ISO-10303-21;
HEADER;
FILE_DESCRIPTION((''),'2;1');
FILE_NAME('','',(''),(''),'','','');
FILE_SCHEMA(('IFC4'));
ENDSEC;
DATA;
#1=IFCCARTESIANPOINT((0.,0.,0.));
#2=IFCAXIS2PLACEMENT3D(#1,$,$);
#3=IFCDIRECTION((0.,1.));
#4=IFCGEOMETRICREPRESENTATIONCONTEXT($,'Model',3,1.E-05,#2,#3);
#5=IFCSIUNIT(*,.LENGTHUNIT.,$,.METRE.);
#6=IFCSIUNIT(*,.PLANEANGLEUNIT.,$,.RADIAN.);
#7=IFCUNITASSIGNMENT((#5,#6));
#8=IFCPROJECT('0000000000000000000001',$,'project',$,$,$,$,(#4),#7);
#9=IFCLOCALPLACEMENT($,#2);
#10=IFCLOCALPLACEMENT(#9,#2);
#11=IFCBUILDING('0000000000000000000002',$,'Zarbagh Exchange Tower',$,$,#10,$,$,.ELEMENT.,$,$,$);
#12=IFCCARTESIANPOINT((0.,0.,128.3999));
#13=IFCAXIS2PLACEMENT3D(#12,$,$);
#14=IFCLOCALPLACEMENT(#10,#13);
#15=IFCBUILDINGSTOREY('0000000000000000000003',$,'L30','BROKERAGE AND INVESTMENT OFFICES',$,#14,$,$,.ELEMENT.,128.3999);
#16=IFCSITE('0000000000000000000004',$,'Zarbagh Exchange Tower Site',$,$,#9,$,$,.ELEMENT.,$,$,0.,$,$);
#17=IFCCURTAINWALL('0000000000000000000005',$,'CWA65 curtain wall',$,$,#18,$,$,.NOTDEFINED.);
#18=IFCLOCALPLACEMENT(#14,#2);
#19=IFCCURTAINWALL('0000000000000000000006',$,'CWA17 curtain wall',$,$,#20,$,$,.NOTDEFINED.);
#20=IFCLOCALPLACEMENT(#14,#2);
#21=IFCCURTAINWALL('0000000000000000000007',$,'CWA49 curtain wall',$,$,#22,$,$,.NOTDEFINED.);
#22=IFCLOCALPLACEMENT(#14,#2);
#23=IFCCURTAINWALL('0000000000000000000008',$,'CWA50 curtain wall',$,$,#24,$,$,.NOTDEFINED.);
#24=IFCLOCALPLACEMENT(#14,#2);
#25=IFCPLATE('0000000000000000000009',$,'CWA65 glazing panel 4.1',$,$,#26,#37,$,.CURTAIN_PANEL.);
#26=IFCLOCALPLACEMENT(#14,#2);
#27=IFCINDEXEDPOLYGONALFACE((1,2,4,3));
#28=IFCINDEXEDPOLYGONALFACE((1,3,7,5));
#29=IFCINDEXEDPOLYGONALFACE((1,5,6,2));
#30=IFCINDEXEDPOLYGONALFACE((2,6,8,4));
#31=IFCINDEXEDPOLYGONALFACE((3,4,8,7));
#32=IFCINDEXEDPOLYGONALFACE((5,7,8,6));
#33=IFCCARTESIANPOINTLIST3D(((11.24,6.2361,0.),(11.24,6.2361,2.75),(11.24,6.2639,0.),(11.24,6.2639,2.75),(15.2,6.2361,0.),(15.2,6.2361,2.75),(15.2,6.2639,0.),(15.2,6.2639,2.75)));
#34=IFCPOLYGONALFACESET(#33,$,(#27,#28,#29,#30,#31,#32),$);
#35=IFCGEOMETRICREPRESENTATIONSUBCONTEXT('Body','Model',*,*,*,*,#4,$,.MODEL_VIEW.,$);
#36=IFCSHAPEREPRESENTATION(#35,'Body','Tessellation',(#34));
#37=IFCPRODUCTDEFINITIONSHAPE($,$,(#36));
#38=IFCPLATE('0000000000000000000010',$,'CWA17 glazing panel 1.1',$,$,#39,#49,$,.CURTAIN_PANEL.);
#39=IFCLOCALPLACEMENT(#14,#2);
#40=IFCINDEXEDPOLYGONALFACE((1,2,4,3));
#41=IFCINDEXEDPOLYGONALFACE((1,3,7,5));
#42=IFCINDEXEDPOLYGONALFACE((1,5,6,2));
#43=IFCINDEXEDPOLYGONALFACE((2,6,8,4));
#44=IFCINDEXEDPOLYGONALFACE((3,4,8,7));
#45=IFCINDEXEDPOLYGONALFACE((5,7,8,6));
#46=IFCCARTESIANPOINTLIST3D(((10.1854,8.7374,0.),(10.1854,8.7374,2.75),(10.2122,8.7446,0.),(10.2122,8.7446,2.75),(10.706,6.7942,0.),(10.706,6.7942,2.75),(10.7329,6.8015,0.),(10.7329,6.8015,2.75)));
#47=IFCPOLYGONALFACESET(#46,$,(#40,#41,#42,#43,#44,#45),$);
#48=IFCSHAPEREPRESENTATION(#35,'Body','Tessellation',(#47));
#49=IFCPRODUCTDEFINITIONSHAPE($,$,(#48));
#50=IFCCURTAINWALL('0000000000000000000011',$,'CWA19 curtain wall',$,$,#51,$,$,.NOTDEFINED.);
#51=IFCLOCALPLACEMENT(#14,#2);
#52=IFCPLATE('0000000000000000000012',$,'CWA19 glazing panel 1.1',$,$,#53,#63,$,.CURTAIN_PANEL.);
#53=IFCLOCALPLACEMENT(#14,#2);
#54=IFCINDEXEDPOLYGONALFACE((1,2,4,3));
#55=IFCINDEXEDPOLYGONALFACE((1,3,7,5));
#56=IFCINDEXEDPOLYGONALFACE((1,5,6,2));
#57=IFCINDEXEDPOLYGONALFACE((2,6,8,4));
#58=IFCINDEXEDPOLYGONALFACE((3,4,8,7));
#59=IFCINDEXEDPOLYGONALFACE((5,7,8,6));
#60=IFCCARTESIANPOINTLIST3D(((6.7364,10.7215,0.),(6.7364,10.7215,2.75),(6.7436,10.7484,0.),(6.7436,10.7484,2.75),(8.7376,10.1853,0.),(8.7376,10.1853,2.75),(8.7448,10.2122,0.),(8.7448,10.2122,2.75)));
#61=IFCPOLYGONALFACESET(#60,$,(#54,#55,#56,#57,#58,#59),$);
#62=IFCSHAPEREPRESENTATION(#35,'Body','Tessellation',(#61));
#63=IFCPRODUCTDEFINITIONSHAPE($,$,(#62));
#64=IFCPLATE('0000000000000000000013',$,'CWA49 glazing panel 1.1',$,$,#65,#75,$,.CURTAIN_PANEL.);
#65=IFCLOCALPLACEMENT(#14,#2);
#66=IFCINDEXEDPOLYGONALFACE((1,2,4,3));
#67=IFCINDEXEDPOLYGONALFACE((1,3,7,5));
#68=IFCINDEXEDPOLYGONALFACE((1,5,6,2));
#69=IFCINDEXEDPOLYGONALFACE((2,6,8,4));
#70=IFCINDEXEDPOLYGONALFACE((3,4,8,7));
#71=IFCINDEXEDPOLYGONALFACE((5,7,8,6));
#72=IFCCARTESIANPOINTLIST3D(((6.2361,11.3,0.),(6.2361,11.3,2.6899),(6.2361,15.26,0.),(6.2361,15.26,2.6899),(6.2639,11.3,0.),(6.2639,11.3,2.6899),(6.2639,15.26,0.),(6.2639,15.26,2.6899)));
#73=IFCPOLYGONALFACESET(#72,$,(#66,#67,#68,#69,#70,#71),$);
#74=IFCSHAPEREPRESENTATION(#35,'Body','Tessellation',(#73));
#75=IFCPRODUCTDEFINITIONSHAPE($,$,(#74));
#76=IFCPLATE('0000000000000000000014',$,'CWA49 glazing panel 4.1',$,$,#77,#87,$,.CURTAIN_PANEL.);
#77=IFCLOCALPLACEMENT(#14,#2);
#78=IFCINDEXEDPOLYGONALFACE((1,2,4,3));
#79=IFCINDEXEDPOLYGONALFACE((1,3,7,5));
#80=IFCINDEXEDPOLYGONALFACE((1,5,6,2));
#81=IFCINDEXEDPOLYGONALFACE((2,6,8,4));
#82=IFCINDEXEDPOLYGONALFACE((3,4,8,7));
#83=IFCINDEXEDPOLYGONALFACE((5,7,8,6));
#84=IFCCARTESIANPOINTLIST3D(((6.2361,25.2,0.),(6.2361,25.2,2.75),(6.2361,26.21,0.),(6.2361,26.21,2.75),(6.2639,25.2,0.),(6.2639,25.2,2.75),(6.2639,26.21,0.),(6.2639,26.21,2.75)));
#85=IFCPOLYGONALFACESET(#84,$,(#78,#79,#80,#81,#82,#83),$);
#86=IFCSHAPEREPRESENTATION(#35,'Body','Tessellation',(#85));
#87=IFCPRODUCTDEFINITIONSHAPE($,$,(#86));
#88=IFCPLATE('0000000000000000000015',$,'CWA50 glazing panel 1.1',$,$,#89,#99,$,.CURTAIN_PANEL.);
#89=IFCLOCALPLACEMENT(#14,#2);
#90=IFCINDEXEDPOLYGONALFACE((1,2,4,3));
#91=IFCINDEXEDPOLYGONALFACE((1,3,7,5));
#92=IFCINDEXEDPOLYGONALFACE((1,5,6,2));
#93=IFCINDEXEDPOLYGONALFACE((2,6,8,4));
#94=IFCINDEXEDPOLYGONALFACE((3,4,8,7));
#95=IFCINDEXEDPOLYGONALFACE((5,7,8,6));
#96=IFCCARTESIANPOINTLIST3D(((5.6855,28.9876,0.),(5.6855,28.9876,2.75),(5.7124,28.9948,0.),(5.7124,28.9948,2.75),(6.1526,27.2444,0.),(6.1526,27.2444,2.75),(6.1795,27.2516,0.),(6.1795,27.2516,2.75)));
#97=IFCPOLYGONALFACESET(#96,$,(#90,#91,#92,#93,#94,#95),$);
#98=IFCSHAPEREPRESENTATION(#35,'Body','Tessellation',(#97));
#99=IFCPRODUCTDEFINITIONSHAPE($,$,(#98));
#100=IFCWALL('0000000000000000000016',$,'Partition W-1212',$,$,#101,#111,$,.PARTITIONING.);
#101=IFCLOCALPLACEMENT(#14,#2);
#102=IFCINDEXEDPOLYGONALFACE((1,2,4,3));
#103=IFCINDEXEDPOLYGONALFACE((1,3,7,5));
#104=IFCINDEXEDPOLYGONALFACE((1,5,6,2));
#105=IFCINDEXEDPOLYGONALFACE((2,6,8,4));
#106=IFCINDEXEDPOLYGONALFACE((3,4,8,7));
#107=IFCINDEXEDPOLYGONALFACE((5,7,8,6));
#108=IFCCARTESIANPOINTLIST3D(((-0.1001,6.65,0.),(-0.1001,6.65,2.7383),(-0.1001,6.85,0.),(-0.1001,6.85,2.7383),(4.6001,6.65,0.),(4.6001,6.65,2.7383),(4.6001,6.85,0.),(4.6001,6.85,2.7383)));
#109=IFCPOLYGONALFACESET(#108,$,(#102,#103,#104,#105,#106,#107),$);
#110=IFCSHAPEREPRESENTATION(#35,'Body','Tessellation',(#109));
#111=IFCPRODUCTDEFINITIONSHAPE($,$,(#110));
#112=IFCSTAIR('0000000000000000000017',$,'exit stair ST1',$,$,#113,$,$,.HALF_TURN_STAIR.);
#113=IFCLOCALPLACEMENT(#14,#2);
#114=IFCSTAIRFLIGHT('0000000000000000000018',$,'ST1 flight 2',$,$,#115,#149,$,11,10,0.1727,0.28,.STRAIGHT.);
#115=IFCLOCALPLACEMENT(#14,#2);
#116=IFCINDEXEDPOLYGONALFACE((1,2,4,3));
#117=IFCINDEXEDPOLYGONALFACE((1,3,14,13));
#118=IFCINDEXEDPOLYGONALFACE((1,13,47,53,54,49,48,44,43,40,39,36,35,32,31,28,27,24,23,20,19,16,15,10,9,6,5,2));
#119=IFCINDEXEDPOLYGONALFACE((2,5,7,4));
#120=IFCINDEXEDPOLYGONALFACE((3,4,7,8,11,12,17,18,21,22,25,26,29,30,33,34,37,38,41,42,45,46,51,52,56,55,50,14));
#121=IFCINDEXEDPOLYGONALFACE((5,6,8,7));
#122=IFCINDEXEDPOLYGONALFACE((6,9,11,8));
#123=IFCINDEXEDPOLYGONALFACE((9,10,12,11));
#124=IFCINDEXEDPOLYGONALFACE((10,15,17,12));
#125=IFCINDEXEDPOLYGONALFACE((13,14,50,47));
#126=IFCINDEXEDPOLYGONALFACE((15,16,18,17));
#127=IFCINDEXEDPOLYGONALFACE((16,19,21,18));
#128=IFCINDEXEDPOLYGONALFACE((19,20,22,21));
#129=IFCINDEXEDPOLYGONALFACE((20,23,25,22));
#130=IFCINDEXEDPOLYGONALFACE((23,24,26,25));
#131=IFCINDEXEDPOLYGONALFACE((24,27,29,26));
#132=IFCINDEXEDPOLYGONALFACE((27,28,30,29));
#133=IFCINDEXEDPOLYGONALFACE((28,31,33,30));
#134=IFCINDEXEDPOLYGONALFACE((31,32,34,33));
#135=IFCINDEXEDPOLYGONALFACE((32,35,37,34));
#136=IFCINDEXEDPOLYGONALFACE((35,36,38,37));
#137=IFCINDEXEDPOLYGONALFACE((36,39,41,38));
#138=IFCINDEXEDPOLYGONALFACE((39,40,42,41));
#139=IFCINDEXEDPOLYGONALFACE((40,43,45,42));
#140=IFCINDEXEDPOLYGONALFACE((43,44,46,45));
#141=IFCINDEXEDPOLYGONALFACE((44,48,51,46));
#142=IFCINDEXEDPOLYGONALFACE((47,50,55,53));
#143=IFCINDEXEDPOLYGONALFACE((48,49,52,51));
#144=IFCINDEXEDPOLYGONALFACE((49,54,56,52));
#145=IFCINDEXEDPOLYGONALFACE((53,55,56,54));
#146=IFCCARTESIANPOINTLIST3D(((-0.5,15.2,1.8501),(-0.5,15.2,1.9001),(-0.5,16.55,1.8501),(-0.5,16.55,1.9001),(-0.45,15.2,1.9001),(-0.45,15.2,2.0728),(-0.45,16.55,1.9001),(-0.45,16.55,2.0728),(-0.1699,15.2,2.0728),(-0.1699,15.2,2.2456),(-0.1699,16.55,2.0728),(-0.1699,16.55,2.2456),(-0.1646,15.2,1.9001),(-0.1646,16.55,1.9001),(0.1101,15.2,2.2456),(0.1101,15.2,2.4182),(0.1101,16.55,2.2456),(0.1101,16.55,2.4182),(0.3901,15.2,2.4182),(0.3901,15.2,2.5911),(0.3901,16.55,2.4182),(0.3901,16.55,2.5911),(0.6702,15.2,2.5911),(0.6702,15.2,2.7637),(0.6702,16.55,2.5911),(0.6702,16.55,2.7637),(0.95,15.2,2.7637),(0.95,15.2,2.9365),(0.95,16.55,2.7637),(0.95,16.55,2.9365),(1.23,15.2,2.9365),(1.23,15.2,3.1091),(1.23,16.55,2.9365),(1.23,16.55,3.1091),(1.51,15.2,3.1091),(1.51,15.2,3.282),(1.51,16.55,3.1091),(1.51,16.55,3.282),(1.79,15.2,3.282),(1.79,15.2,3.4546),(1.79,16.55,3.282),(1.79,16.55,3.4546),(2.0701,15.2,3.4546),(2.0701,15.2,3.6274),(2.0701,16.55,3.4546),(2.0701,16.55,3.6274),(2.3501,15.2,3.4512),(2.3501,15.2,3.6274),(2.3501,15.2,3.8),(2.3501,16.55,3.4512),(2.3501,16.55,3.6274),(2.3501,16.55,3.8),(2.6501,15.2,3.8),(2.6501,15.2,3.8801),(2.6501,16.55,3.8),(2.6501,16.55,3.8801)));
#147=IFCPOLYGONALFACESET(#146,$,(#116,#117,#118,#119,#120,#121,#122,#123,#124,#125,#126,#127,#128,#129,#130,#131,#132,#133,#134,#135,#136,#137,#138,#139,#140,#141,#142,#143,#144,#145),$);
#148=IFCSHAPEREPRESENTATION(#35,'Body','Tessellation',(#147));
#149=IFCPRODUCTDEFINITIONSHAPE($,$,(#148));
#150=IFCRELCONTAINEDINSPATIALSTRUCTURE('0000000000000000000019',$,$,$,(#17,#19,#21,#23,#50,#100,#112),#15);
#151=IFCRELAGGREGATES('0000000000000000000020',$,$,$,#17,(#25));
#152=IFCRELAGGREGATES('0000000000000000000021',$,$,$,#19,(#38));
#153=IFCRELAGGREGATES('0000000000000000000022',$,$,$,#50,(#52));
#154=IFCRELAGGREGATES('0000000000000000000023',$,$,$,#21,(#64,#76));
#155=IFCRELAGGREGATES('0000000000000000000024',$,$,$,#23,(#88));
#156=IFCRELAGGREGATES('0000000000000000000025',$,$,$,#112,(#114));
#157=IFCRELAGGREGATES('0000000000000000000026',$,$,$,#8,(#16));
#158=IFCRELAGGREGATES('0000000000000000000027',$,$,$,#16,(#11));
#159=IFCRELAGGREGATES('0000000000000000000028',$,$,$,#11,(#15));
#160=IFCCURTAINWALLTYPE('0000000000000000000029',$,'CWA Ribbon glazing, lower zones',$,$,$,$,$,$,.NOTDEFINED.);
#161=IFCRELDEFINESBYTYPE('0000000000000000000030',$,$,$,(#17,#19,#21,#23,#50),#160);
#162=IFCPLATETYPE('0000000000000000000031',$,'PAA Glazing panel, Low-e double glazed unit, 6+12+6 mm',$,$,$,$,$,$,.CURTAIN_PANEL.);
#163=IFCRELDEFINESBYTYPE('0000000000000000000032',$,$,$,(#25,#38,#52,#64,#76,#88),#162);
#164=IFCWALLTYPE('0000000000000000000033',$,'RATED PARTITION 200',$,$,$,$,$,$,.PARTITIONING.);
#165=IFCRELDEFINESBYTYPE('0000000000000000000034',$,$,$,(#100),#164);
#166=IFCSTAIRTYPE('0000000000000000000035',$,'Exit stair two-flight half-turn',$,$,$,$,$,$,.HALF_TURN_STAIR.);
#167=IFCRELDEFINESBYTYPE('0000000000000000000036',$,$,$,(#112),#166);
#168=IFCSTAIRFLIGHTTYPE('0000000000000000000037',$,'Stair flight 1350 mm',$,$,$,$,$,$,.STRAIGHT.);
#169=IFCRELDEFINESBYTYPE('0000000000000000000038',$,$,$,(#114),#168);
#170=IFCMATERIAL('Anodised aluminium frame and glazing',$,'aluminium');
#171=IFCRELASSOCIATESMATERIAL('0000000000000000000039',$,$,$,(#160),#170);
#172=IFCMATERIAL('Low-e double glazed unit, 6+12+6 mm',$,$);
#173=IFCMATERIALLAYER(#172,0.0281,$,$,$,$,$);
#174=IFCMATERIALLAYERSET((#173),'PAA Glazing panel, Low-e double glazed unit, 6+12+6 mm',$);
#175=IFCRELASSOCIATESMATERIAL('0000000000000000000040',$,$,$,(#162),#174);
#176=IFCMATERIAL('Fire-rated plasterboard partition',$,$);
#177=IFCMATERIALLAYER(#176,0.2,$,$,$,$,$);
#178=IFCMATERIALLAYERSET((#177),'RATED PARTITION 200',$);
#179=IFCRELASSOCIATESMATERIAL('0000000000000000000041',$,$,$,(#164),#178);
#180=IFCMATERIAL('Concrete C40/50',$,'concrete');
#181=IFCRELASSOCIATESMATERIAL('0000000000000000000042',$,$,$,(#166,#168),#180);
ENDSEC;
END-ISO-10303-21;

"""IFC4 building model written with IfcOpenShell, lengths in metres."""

from ifc_helpers import new_model, si_unit, direction, frame, frame_2d, origin, place, context, subcontext, project, spatial, polyline, rectangle, outline, extrude, source, transform, mapped, material, layer, layer_set, type_object, element, aggregate, save


model = new_model("IFC4")

# Units and contexts
model_context = context("Model", 3, precision=1e-05, world=origin(), true_north=direction((0.0, 1.0)))
body_context = subcontext(model_context, "Body", "Model", "MODEL_VIEW")
ifc_project = project(units=[si_unit("LENGTHUNIT", "METRE"), si_unit("PLANEANGLEUNIT", "RADIAN")], contexts=[model_context])

# Site, building, storey
site_placement = place(None, origin())
site = spatial("IfcSite", under=ifc_project, at=site_placement, Name="Zarbagh Exchange Tower Site", CompositionType="ELEMENT", RefElevation=0.0)
building_placement = place(site_placement, origin())
building = spatial("IfcBuilding", under=site, at=building_placement, Name="Zarbagh Exchange Tower", CompositionType="ELEMENT")
storey_placement = place(building_placement, frame((0.0, 0.0, 128.3999)))
storey = spatial("IfcBuildingStorey", under=building, at=storey_placement, Name="L30", Description="BROKERAGE AND INVESTMENT OFFICES", CompositionType="ELEMENT", Elevation=128.3999)

# Curtain wall
ifc_material_1 = material(Name="Anodised aluminium frame and glazing", Category="aluminium")
curtain_wall_type = type_object("IfcCurtainWallType", Name="CWA Ribbon glazing, lower zones", PredefinedType="NOTDEFINED", material=ifc_material_1)
curtain_wall_1_placement = place(storey_placement, origin())
curtain_wall_1 = element("IfcCurtainWall", 1, at=curtain_wall_1_placement, inside=storey, type_object=curtain_wall_type, Name="CWA65 curtain wall", PredefinedType="NOTDEFINED")
placement = place(storey_placement, origin())

# Curtain wall
curtain_wall_2_placement = place(storey_placement, origin())
curtain_wall_2 = element("IfcCurtainWall", 2, at=curtain_wall_2_placement, inside=storey, type_object=curtain_wall_type, Name="CWA17 curtain wall", PredefinedType="NOTDEFINED")

# Curtain wall
curtain_wall_3_placement = place(storey_placement, origin())
curtain_wall_3 = element("IfcCurtainWall", 3, at=curtain_wall_3_placement, inside=storey, type_object=curtain_wall_type, Name="CWA49 curtain wall", PredefinedType="NOTDEFINED")

# Curtain wall
curtain_wall_4_placement = place(storey_placement, origin())
curtain_wall_4 = element("IfcCurtainWall", 4, at=curtain_wall_4_placement, inside=storey, type_object=curtain_wall_type, Name="CWA50 curtain wall", PredefinedType="NOTDEFINED")

# Shared definitions
ifc_material_2 = material(Name="Low-e double glazed unit, 6+12+6 mm")
ifc_layer_1 = layer(ifc_material_2, 0.0281)
ifc_layer_set_1 = layer_set([ifc_layer_1], Name="PAA Glazing panel, Low-e double glazed unit, 6+12+6 mm")
plate_type = type_object("IfcPlateType", Name="PAA Glazing panel, Low-e double glazed unit, 6+12+6 mm", PredefinedType="CURTAIN_PANEL", material=ifc_layer_set_1)

# Plates
shared_shape_1 = source(origin(), body_context, "Body", "SweptSolid", [
    extrude(outline(polyline([(0.0, -0.0139), (3.96, -0.0139), (3.96, 0.0139), (0.0, 0.0139), (0.0, -0.0139)])), origin(), (0.0, 0.0, 1.0), 2.75),
])
plate_1 = element("IfcPlate", 5, at=placement, type_object=plate_type, Name="CWA65 glazing panel 4.1", PredefinedType="CURTAIN_PANEL", context=body_context, shape_type="MappedRepresentation", body=[
    mapped(shared_shape_1, transform((15.2, 6.25, 0.0), x_axis=(-1.0, 0.0, 0.0), y_axis=(0.0, -1.0, 0.0), z_axis=(0.0, 0.0, 1.0))),
])
aggregate(curtain_wall_1, [plate_1])
shared_shape_2 = source(origin(), body_context, "Body", "SweptSolid", [
    extrude(outline(polyline([(0.0, -0.0139), (2.0117, -0.0139), (2.0117, 0.0139), (0.0, 0.0139), (0.0, -0.0139)])), origin(), (0.0, 0.0, 1.0), 2.75),
])
plate_2 = element("IfcPlate", 6, at=placement, type_object=plate_type, Name="CWA17 glazing panel 1.1", PredefinedType="CURTAIN_PANEL", context=body_context, shape_type="MappedRepresentation", body=[
    mapped(shared_shape_2, transform((10.7195, 6.7979, 0.0), x_axis=(-0.258825, 0.965924, 0.0), y_axis=(-0.965924, -0.258825, 0.0), z_axis=(0.0, 0.0, 1.0))),
])
aggregate(curtain_wall_2, [plate_2])

# Curtain wall, plate
curtain_wall_5_placement = place(storey_placement, origin())
curtain_wall_5 = element("IfcCurtainWall", 7, at=curtain_wall_5_placement, inside=storey, type_object=curtain_wall_type, Name="CWA19 curtain wall", PredefinedType="NOTDEFINED")
shared_shape_3 = source(origin(), body_context, "Body", "SweptSolid", [
    extrude(outline(polyline([(0.0, -0.0139), (2.0718, -0.0139), (2.0718, 0.0139), (0.0, 0.0139), (0.0, -0.0139)])), origin(), (0.0, 0.0, 1.0), 2.75),
])
plate_3 = element("IfcPlate", 8, at=placement, type_object=plate_type, Name="CWA19 glazing panel 1.1", PredefinedType="CURTAIN_PANEL", context=body_context, shape_type="MappedRepresentation", body=[
    mapped(shared_shape_3, transform((8.7412, 10.1987, 0.0), x_axis=(-0.965924, 0.258825, 0.0), y_axis=(-0.258825, -0.965924, 0.0), z_axis=(0.0, 0.0, 1.0))),
])
aggregate(curtain_wall_5, [plate_3])

# Plates
shared_shape_4 = source(origin(), body_context, "Body", "SweptSolid", [
    extrude(outline(polyline([(0.0, -0.0139), (3.96, -0.0139), (3.96, 0.0139), (0.0, 0.0139), (0.0, -0.0139)])), origin(), (0.0, 0.0, 1.0), 2.6899),
])
plate_4 = element("IfcPlate", 9, at=placement, type_object=plate_type, Name="CWA49 glazing panel 1.1", PredefinedType="CURTAIN_PANEL", context=body_context, shape_type="MappedRepresentation", body=[
    mapped(shared_shape_4, transform((6.25, 11.3, 0.0), x_axis=(0.0, 1.0, 0.0), y_axis=(-1.0, 0.0, 0.0), z_axis=(0.0, 0.0, 1.0))),
])
shared_shape_5 = source(origin(), body_context, "Body", "SweptSolid", [
    extrude(outline(polyline([(0.0, -0.0139), (1.01, -0.0139), (1.01, 0.0139), (0.0, 0.0139), (0.0, -0.0139)])), origin(), (0.0, 0.0, 1.0), 2.75),
])
plate_5 = element("IfcPlate", 10, at=placement, type_object=plate_type, Name="CWA49 glazing panel 4.1", PredefinedType="CURTAIN_PANEL", context=body_context, shape_type="MappedRepresentation", body=[
    mapped(shared_shape_5, transform((6.25, 25.2, 0.0), x_axis=(0.0, 1.0, 0.0), y_axis=(-1.0, 0.0, 0.0), z_axis=(0.0, 0.0, 1.0))),
])
aggregate(curtain_wall_3, [plate_4, plate_5])
shared_shape_6 = source(origin(), body_context, "Body", "SweptSolid", [
    extrude(outline(polyline([(0.0, -0.0139), (1.8047, -0.0139), (1.8047, 0.0139), (0.0, 0.0139), (0.0, -0.0139)])), origin(), (0.0, 0.0, 1.0), 2.75),
])
plate_6 = element("IfcPlate", 11, at=placement, type_object=plate_type, Name="CWA50 glazing panel 1.1", PredefinedType="CURTAIN_PANEL", context=body_context, shape_type="MappedRepresentation", body=[
    mapped(shared_shape_6, transform((6.166, 27.248, 0.0), x_axis=(-0.258825, 0.965924, 0.0), y_axis=(-0.965924, -0.258825, 0.0), z_axis=(0.0, 0.0, 1.0))),
])
aggregate(curtain_wall_4, [plate_6])

# Wall
ifc_material_3 = material(Name="Fire-rated plasterboard partition")
ifc_layer_2 = layer(ifc_material_3, 0.2)
ifc_layer_set_2 = layer_set([ifc_layer_2], Name="RATED PARTITION 200")
wall_type = type_object("IfcWallType", Name="RATED PARTITION 200", PredefinedType="PARTITIONING", material=ifc_layer_set_2)
wall_placement = place(storey_placement, frame((-0.1001, 6.75, 0.0), z_axis=(0.0, 0.0, 1.0), x_axis=(1.0, 0.0, 0.0)))
element("IfcWall", 12, at=wall_placement, inside=storey, type_object=wall_type, Name="Partition W-1212", PredefinedType="PARTITIONING", context=body_context, shape_type="SweptSolid", body=[
    extrude(rectangle(XDim=4.7002, YDim=0.2, at=frame_2d((2.3501, 0.0))), origin(), (0.0, 0.0, 1.0), 2.7383),
])

# Stair, stair flight
ifc_material_4 = material(Name="Concrete C40/50", Category="concrete")
stair_type = type_object("IfcStairType", Name="Exit stair two-flight half-turn", PredefinedType="HALF_TURN_STAIR", material=ifc_material_4)
stair_placement = place(storey_placement, origin())
stair = element("IfcStair", 13, at=stair_placement, inside=storey, type_object=stair_type, Name="exit stair ST1", PredefinedType="HALF_TURN_STAIR")
stair_flight_type = type_object("IfcStairFlightType", Name="Stair flight 1350 mm", PredefinedType="STRAIGHT", material=ifc_material_4)
stair_flight_placement = place(storey_placement, frame((-0.45, 15.875, 1.9001), z_axis=(0.0, 0.0, 1.0), x_axis=(1.0, 0.0, 0.0)))
stair_flight = element("IfcStairFlight", 14, at=stair_flight_placement, type_object=stair_flight_type, Name="ST1 flight 2", NumberOfRisers=11, NumberOfTreads=10, PredefinedType="STRAIGHT", RiserHeight=0.1727, TreadLength=0.28, context=body_context, shape_type="SweptSolid", body=[
    extrude(outline(polyline([(-0.05, -0.05), (-0.05, 0.0), (0.0, 0.0), (0.0, 0.1726), (0.28, 0.1726), (0.28, 0.3455), (0.5601, 0.3455), (0.5601, 0.5181), (0.8401, 0.5181), (0.8401, 0.6909), (1.1201, 0.6909), (1.1201, 0.8635), (1.3999, 0.8635), (1.3999, 1.0364), (1.6799, 1.0364), (1.6799, 1.209), (1.96, 1.209), (1.96, 1.3818), (2.24, 1.3818), (2.24, 1.5544), (2.52, 1.5544), (2.52, 1.7273), (2.8, 1.7273), (2.8, 1.8999), (3.1001, 1.98), (3.1001, 1.8999), (2.8, 1.551), (0.2854, 0.0), (-0.05, -0.05)])), frame((0.0, 0.675, 0.0), z_axis=(0.0, -1.0, 0.0), x_axis=(1.0, 0.0, 0.0)), (0.0, 0.0, 1.0), 1.3501),
])
aggregate(stair, [stair_flight])

save(model, "model.ifc")
